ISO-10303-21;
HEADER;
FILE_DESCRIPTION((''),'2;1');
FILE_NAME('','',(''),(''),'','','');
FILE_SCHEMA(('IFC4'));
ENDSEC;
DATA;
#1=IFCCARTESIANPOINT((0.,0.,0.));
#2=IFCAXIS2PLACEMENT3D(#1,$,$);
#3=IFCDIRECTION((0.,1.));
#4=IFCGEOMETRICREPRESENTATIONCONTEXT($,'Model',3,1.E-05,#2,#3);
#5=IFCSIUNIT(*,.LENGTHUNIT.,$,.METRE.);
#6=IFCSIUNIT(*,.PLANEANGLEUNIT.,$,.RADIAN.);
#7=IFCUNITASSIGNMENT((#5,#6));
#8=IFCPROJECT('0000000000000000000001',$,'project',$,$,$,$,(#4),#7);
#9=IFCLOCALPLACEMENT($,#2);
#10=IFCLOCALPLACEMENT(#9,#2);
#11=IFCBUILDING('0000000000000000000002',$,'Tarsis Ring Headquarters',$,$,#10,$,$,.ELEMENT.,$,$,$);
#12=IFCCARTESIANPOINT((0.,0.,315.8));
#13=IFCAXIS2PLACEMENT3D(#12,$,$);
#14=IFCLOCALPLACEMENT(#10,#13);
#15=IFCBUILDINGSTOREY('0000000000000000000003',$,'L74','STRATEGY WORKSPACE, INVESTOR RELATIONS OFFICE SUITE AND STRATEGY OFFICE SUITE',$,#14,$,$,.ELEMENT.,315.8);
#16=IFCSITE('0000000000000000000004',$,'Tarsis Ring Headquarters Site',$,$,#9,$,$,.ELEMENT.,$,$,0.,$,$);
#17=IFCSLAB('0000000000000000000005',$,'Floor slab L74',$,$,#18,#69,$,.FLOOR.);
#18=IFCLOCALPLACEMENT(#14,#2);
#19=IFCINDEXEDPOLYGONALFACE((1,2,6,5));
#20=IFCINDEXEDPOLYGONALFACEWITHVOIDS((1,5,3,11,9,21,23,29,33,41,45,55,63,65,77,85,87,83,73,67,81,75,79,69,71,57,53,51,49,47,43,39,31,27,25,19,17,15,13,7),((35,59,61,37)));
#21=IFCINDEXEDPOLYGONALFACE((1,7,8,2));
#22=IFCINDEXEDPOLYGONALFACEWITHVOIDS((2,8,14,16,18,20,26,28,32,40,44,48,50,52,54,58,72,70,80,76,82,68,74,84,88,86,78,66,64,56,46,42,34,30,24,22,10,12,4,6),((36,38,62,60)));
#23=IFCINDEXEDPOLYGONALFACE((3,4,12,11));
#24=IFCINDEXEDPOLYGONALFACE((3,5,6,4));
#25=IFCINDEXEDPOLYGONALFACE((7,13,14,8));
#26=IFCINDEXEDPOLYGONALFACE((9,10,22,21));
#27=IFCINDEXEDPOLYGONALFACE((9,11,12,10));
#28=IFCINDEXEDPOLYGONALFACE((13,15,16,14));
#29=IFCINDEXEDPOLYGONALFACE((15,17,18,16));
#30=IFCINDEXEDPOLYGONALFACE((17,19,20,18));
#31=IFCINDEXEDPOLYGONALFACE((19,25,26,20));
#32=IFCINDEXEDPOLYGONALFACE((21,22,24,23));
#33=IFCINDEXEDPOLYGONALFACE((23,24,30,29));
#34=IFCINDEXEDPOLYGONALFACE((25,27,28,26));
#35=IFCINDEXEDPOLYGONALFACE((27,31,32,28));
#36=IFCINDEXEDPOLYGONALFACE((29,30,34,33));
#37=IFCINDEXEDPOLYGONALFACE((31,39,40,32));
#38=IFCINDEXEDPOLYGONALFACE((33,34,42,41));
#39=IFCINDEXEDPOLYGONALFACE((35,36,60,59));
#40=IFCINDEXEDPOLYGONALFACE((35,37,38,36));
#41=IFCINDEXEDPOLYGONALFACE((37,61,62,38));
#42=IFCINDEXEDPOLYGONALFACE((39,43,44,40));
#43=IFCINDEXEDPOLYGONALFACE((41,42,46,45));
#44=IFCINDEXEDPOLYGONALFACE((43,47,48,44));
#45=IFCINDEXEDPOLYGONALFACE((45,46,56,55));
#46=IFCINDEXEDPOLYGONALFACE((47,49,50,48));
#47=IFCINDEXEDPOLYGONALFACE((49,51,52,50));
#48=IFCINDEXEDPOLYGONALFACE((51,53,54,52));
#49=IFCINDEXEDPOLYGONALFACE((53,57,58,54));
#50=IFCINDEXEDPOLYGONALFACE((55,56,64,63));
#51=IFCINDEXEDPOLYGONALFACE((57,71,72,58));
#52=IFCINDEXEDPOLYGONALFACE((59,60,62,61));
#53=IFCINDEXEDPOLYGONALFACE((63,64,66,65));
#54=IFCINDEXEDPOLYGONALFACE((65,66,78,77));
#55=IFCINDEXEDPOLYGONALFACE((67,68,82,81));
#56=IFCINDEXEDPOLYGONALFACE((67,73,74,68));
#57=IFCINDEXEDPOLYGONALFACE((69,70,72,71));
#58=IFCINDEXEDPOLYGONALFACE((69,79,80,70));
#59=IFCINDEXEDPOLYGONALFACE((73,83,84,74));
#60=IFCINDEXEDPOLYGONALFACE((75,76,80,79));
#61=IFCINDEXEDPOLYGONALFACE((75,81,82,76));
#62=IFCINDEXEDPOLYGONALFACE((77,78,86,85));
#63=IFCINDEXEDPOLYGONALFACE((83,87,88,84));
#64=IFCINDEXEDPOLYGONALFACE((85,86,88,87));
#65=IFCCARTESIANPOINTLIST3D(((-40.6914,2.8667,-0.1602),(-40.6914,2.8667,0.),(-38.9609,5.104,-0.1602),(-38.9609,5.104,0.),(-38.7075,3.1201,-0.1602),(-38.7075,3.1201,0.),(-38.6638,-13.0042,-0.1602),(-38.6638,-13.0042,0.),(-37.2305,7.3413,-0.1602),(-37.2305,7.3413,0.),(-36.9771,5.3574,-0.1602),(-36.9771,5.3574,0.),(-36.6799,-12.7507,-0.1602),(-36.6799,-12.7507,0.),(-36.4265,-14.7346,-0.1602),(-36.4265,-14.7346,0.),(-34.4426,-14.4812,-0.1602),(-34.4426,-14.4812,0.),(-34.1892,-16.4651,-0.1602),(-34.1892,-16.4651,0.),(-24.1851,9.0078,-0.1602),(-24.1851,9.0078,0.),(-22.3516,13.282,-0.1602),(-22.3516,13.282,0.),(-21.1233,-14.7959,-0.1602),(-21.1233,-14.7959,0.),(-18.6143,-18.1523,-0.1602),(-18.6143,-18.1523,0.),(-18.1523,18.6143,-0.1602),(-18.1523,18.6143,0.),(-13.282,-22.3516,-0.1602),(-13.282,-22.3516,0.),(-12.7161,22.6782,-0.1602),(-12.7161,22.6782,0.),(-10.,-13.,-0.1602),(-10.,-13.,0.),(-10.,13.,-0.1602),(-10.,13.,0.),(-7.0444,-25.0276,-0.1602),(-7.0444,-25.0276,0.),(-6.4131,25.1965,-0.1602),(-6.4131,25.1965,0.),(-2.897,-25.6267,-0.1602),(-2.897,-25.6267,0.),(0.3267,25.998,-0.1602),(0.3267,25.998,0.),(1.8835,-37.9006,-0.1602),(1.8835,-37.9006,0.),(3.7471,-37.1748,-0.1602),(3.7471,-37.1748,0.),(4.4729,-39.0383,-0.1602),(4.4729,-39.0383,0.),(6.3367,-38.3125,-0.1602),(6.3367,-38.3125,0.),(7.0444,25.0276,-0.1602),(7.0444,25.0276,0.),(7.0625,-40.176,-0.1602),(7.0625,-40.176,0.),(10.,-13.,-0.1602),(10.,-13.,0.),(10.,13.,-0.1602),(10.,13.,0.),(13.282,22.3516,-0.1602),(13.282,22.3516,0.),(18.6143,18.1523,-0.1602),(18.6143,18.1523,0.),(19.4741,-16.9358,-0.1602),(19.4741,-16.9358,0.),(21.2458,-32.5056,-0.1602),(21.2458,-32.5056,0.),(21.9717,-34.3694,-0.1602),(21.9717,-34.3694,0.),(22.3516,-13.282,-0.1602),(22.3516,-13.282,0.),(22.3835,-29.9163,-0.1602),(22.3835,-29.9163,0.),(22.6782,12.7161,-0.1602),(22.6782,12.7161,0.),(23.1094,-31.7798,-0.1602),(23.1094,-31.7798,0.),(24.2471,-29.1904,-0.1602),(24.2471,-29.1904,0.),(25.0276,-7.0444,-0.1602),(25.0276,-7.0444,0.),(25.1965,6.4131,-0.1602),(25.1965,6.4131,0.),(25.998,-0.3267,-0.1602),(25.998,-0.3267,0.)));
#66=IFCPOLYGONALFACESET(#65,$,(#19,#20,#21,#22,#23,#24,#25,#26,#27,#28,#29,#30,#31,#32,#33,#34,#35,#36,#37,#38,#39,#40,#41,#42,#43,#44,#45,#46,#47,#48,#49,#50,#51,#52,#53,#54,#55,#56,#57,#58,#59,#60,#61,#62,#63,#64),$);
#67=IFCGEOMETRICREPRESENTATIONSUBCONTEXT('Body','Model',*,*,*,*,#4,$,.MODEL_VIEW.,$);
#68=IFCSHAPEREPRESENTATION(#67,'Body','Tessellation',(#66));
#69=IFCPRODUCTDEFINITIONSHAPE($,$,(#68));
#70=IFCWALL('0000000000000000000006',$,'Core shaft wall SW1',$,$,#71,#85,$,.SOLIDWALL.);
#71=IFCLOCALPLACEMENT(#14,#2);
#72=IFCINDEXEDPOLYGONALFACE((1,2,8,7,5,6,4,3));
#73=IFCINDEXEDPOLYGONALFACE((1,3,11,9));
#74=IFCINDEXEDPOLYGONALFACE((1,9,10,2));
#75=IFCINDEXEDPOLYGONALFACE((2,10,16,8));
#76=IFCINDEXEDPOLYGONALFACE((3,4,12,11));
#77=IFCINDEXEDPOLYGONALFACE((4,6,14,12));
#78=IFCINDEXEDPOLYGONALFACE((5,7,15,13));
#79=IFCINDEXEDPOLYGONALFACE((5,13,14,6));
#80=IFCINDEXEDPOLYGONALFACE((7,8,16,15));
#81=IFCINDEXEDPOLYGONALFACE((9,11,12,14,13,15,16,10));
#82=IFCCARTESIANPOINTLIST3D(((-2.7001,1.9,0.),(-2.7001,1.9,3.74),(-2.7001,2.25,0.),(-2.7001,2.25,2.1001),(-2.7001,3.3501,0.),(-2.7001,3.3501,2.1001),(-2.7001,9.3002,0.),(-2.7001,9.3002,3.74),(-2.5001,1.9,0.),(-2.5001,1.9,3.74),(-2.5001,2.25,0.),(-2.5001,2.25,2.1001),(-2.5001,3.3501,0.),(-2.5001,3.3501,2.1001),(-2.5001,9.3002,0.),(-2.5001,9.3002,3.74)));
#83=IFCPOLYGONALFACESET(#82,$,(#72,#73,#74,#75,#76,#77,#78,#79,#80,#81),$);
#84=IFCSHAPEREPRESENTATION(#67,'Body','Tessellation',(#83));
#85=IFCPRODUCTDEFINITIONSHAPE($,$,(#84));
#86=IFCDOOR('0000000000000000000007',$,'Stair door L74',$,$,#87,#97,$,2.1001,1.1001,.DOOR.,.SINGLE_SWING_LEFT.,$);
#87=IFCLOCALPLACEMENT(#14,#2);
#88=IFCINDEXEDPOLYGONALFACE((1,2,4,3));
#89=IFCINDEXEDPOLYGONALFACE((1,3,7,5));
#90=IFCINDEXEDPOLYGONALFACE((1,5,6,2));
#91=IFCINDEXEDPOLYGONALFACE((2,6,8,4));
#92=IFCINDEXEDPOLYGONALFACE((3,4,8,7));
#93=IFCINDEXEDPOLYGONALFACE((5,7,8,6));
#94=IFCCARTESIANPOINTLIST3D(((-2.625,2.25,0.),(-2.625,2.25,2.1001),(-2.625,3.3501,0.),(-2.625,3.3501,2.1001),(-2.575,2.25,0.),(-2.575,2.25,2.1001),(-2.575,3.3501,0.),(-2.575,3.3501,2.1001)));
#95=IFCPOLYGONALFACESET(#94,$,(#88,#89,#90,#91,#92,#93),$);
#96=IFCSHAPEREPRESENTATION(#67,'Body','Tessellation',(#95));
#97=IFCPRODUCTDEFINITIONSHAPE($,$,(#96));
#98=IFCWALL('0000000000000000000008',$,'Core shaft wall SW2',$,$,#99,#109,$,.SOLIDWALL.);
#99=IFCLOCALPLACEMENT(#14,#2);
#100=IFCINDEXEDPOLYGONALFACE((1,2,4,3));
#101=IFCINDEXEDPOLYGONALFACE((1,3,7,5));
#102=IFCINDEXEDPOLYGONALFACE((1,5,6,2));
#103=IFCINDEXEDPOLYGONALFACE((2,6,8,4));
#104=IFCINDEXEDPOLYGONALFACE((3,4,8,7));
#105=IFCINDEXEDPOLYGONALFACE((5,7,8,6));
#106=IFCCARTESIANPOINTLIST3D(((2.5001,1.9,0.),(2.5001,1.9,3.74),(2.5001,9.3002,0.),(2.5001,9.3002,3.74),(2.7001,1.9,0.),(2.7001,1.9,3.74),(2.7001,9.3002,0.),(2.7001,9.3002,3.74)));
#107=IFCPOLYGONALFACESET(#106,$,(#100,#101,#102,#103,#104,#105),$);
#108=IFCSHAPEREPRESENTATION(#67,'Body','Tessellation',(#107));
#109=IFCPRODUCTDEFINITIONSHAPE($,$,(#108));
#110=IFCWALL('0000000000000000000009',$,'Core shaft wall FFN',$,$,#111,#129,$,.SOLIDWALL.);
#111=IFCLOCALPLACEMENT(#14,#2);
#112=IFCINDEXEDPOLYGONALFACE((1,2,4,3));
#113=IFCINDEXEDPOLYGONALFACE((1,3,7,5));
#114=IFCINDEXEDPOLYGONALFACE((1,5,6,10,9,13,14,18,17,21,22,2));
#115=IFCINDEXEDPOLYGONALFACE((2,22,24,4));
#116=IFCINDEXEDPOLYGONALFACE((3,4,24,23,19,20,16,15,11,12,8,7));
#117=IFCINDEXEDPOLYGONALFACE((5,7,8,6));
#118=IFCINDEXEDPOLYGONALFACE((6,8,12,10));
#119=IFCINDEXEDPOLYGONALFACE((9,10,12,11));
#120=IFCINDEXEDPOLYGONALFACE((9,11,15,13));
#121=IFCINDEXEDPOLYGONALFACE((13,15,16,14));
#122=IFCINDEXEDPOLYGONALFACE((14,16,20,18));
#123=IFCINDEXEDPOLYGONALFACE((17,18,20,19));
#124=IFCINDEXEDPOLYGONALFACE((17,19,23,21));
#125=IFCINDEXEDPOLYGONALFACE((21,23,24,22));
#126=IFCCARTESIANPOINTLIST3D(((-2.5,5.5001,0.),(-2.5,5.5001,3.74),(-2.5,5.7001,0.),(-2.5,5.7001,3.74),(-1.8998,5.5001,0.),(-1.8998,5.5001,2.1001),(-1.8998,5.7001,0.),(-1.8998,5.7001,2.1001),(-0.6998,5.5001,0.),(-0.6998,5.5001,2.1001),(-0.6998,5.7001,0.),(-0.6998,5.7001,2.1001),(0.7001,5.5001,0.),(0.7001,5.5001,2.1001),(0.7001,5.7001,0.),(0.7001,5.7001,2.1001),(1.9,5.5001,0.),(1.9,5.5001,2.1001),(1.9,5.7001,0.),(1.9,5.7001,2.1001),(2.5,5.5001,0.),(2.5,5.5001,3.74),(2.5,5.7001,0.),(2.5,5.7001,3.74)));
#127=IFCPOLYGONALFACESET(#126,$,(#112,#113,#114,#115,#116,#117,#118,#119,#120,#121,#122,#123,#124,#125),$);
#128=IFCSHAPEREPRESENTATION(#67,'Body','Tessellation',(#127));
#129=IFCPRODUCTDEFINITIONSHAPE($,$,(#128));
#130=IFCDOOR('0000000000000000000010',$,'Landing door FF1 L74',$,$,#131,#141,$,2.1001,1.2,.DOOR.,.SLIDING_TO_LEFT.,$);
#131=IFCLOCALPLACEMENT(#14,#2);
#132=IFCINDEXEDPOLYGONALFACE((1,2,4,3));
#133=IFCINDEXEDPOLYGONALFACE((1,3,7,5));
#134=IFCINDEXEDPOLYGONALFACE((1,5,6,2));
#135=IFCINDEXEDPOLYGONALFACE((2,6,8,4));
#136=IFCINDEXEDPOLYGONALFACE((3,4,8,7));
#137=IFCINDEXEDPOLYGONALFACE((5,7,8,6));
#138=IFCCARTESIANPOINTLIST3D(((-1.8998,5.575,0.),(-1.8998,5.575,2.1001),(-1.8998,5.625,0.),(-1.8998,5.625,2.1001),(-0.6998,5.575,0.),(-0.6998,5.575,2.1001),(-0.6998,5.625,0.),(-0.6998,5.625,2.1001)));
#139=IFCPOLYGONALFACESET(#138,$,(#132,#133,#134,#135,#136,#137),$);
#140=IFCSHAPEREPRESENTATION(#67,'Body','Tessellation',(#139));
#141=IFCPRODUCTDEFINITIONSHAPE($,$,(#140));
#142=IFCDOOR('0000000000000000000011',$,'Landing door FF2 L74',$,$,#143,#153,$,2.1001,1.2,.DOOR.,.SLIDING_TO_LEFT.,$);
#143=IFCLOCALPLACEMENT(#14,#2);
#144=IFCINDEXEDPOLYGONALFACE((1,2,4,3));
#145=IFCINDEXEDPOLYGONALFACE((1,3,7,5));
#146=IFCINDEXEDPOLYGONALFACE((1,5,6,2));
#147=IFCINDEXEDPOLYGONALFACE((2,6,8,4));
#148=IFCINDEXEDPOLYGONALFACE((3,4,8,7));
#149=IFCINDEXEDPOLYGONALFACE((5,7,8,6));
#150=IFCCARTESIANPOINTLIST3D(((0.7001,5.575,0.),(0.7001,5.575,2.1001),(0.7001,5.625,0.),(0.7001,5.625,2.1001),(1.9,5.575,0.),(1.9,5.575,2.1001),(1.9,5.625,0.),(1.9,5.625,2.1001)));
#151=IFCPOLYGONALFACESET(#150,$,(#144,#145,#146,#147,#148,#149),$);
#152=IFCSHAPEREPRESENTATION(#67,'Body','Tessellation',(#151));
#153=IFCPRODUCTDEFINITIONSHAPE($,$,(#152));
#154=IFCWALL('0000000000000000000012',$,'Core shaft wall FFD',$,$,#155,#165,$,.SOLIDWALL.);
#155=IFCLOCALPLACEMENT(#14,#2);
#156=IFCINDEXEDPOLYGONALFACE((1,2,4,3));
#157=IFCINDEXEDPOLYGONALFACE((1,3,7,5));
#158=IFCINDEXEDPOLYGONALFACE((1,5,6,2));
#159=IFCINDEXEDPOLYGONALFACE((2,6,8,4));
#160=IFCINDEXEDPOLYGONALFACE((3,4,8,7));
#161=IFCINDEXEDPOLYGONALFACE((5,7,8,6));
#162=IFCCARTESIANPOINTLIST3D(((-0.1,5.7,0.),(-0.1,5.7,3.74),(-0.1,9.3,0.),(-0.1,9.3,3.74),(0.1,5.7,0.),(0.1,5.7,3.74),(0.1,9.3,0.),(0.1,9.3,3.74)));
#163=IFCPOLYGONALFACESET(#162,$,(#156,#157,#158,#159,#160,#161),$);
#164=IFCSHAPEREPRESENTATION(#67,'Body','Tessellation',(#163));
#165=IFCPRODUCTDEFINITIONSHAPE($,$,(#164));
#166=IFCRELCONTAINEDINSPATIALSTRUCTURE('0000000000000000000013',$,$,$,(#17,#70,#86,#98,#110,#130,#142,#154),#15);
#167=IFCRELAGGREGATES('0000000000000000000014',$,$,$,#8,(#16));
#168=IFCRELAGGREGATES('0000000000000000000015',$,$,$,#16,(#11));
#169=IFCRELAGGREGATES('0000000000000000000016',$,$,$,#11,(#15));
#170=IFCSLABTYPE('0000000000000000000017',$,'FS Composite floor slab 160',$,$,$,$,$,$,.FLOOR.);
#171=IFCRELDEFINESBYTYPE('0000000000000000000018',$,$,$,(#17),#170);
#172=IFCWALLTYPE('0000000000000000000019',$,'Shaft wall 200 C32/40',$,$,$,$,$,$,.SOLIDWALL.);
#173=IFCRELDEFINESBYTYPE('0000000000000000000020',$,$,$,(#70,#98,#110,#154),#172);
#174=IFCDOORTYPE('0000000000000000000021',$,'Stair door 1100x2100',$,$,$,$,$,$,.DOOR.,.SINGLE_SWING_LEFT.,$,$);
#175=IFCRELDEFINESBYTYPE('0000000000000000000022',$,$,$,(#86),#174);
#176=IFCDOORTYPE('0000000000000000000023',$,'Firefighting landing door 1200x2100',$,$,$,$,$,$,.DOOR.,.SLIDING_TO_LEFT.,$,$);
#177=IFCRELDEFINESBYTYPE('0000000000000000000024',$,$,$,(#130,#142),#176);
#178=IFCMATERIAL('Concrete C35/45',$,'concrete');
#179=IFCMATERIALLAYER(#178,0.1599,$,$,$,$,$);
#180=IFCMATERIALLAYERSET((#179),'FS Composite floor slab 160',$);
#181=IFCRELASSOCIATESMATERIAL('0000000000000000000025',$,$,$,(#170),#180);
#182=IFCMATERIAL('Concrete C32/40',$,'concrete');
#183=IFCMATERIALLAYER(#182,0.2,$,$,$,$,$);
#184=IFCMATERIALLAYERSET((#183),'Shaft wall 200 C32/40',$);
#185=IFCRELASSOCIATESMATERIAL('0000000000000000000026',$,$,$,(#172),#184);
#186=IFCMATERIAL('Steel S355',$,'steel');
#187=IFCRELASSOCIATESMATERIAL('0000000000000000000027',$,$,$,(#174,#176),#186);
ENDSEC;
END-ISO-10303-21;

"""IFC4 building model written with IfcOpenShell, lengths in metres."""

from ifc_helpers import new_model, si_unit, direction, frame, frame_2d, origin, place, context, subcontext, project, spatial, polyline, rectangle, outline, extrude, material, layer, layer_set, type_object, element, fill, save


model = new_model("IFC4")

# Units and contexts
model_context = context("Model", 3, precision=1e-05, world=origin(), true_north=direction((0.0, 1.0)))
body_context = subcontext(model_context, "Body", "Model", "MODEL_VIEW")
ifc_project = project(units=[si_unit("LENGTHUNIT", "METRE"), si_unit("PLANEANGLEUNIT", "RADIAN")], contexts=[model_context])

# Site, building, storey
site_placement = place(None, origin())
site = spatial("IfcSite", under=ifc_project, at=site_placement, Name="Tarsis Ring Headquarters Site", CompositionType="ELEMENT", RefElevation=0.0)
building_placement = place(site_placement, origin())
building = spatial("IfcBuilding", under=site, at=building_placement, Name="Tarsis Ring Headquarters", CompositionType="ELEMENT")
storey_placement = place(building_placement, frame((0.0, 0.0, 315.8)))
storey = spatial("IfcBuildingStorey", under=building, at=storey_placement, Name="L74", Description="STRATEGY WORKSPACE, INVESTOR RELATIONS OFFICE SUITE AND STRATEGY OFFICE SUITE", CompositionType="ELEMENT", Elevation=315.8)

# Slab
ifc_material_1 = material(Name="Concrete C35/45", Category="concrete")
ifc_layer_1 = layer(ifc_material_1, 0.1599)
ifc_layer_set_1 = layer_set([ifc_layer_1], Name="FS Composite floor slab 160")
slab_type_1 = type_object("IfcSlabType", Name="FS Composite floor slab 160", PredefinedType="FLOOR", material=ifc_layer_set_1)
slab_1_placement = place(storey_placement, frame((0.0, 0.0, -0.1602)))
element("IfcSlab", 1, at=slab_1_placement, inside=storey, type_object=slab_type_1, Name="Floor slab L74", PredefinedType="FLOOR", context=body_context, shape_type="SweptSolid", body=[
    extrude(outline(polyline([(-21.1233, -14.7959), (-18.6143, -18.1523), (-13.282, -22.3516), (-7.0444, -25.0276), (-2.897, -25.6267), (1.8835, -37.9006), (3.7471, -37.1748), (4.4729, -39.0383), (6.3367, -38.3125), (7.0625, -40.176), (21.9717, -34.3694), (21.2458, -32.5056), (23.1094, -31.7798), (22.3835, -29.9163), (24.2471, -29.1904), (19.4741, -16.9358), (22.3516, -13.282), (25.0276, -7.0444), (25.998, -0.3267), (25.1965, 6.4131), (22.6782, 12.7161), (18.6143, 18.1523), (13.282, 22.3516), (7.0444, 25.0276), (0.3267, 25.998), (-6.4131, 25.1965), (-12.7161, 22.6782), (-18.1523, 18.6143), (-22.3516, 13.282), (-24.1851, 9.0078), (-37.2305, 7.3413), (-36.9771, 5.3574), (-38.9609, 5.104), (-38.7075, 3.1201), (-40.6914, 2.8667), (-38.6638, -13.0042), (-36.6799, -12.7507), (-36.4265, -14.7346), (-34.4426, -14.4812), (-34.1892, -16.4651), (-21.1233, -14.7959)]), holes=[polyline([(-10.0, -13.0), (-10.0, 13.0), (10.0, 13.0), (10.0, -13.0), (-10.0, -13.0)])]), origin(), (0.0, 0.0, 1.0), 0.1602),
])

# Wall, opening, door
ifc_material_2 = material(Name="Concrete C32/40", Category="concrete")
ifc_layer_2 = layer(ifc_material_2, 0.2)
ifc_layer_set_2 = layer_set([ifc_layer_2], Name="Shaft wall 200 C32/40")
wall_type = type_object("IfcWallType", Name="Shaft wall 200 C32/40", PredefinedType="SOLIDWALL", material=ifc_layer_set_2)
wall_1_placement = place(storey_placement, frame((-2.6001, 1.8999, 0.0), z_axis=(0.0, 0.0, 1.0), x_axis=(0.0, 1.0, 0.0)))
wall_1 = element("IfcWall", 2, at=wall_1_placement, inside=storey, type_object=wall_type, Name="Core shaft wall SW1", PredefinedType="SOLIDWALL", context=body_context, shape_type="SweptSolid", body=[
    extrude(rectangle(XDim=7.4001, YDim=0.2, at=frame_2d((3.7002, 0.0))), origin(), (0.0, 0.0, 1.0), 3.74),
])
opening_1_placement = place(wall_1_placement, frame((0.3501, 0.0, 0.0)))
opening_1 = element("IfcOpeningElement", 3, at=opening_1_placement, cuts=wall_1, PredefinedType="OPENING", context=body_context, shape_type="SweptSolid", body=[
    extrude(rectangle(XDim=1.1001, YDim=2.1001, at=frame_2d((0.55, 1.05))), frame((0.0, 0.1099, 0.0), z_axis=(0.0, -1.0, 0.0), x_axis=(1.0, 0.0, 0.0)), (0.0, 0.0, 1.0), 0.22),
])
ifc_material_3 = material(Name="Steel S355", Category="steel")
door_type_1 = type_object("IfcDoorType", Name="Stair door 1100x2100", OperationType="SINGLE_SWING_LEFT", PredefinedType="DOOR", material=ifc_material_3)
door_1_placement = place(opening_1_placement, origin())
door_1 = element("IfcDoor", 4, at=door_1_placement, inside=storey, type_object=door_type_1, Name="Stair door L74", OperationType="SINGLE_SWING_LEFT", OverallHeight=2.1001, OverallWidth=1.1001, PredefinedType="DOOR", context=body_context, shape_type="SweptSolid", body=[
    extrude(rectangle(XDim=1.1001, YDim=2.1001, at=frame_2d((0.55, 1.05))), frame((0.0, 0.0249, 0.0), z_axis=(0.0, -1.0, 0.0), x_axis=(1.0, 0.0, 0.0)), (0.0, 0.0, 1.0), 0.05),
])
fill(opening_1, door_1)

# Wall
wall_2_placement = place(storey_placement, frame((2.6001, 1.8999, 0.0), z_axis=(0.0, 0.0, 1.0), x_axis=(0.0, 1.0, 0.0)))
element("IfcWall", 5, at=wall_2_placement, inside=storey, type_object=wall_type, Name="Core shaft wall SW2", PredefinedType="SOLIDWALL", context=body_context, shape_type="SweptSolid", body=[
    extrude(rectangle(XDim=7.4001, YDim=0.2, at=frame_2d((3.7002, 0.0))), origin(), (0.0, 0.0, 1.0), 3.74),
])

# Wall, openings, doors
wall_3_placement = place(storey_placement, frame((-2.5, 5.6001, 0.0), z_axis=(0.0, 0.0, 1.0), x_axis=(1.0, 0.0, 0.0)))
wall_3 = element("IfcWall", 6, at=wall_3_placement, inside=storey, type_object=wall_type, Name="Core shaft wall FFN", PredefinedType="SOLIDWALL", context=body_context, shape_type="SweptSolid", body=[
    extrude(rectangle(XDim=5.0, YDim=0.2, at=frame_2d((2.5, 0.0))), origin(), (0.0, 0.0, 1.0), 3.74),
])
opening_2_placement = place(wall_3_placement, frame((0.6001, 0.0, 0.0)))
opening_2 = element("IfcOpeningElement", 7, at=opening_2_placement, cuts=wall_3, PredefinedType="OPENING", context=body_context, shape_type="SweptSolid", body=[
    extrude(rectangle(XDim=1.2, YDim=2.1001, at=frame_2d((0.6001, 1.05))), frame((0.0, 0.1099, 0.0), z_axis=(0.0, -1.0, 0.0), x_axis=(1.0, 0.0, 0.0)), (0.0, 0.0, 1.0), 0.22),
])
opening_3_placement = place(wall_3_placement, frame((3.2, 0.0, 0.0)))
opening_3 = element("IfcOpeningElement", 8, at=opening_3_placement, cuts=wall_3, PredefinedType="OPENING", context=body_context, shape_type="SweptSolid", body=[
    extrude(rectangle(XDim=1.2, YDim=2.1001, at=frame_2d((0.6001, 1.05))), frame((0.0, 0.1099, 0.0), z_axis=(0.0, -1.0, 0.0), x_axis=(1.0, 0.0, 0.0)), (0.0, 0.0, 1.0), 0.22),
])
door_type_2 = type_object("IfcDoorType", Name="Firefighting landing door 1200x2100", OperationType="SLIDING_TO_LEFT", PredefinedType="DOOR", material=ifc_material_3)
door_2_placement = place(opening_2_placement, origin())
door_2 = element("IfcDoor", 9, at=door_2_placement, inside=storey, type_object=door_type_2, Name="Landing door FF1 L74", OperationType="SLIDING_TO_LEFT", OverallHeight=2.1001, OverallWidth=1.2, PredefinedType="DOOR", context=body_context, shape_type="SweptSolid", body=[
    extrude(rectangle(XDim=1.2, YDim=2.1001, at=frame_2d((0.6001, 1.05))), frame((0.0, 0.0249, 0.0), z_axis=(0.0, -1.0, 0.0), x_axis=(1.0, 0.0, 0.0)), (0.0, 0.0, 1.0), 0.05),
])
fill(opening_2, door_2)
door_3_placement = place(opening_3_placement, origin())
door_3 = element("IfcDoor", 10, at=door_3_placement, inside=storey, type_object=door_type_2, Name="Landing door FF2 L74", OperationType="SLIDING_TO_LEFT", OverallHeight=2.1001, OverallWidth=1.2, PredefinedType="DOOR", context=body_context, shape_type="SweptSolid", body=[
    extrude(rectangle(XDim=1.2, YDim=2.1001, at=frame_2d((0.6001, 1.05))), frame((0.0, 0.0249, 0.0), z_axis=(0.0, -1.0, 0.0), x_axis=(1.0, 0.0, 0.0)), (0.0, 0.0, 1.0), 0.05),
])
fill(opening_3, door_3)

# Wall
wall_4_placement = place(storey_placement, frame((0.0, 5.7, 0.0), z_axis=(0.0, 0.0, 1.0), x_axis=(0.0, 1.0, 0.0)))
element("IfcWall", 11, at=wall_4_placement, inside=storey, type_object=wall_type, Name="Core shaft wall FFD", PredefinedType="SOLIDWALL", context=body_context, shape_type="SweptSolid", body=[
    extrude(rectangle(XDim=3.6001, YDim=0.2, at=frame_2d((1.8, 0.0))), origin(), (0.0, 0.0, 1.0), 3.74),
])

save(model, "model.ifc")
